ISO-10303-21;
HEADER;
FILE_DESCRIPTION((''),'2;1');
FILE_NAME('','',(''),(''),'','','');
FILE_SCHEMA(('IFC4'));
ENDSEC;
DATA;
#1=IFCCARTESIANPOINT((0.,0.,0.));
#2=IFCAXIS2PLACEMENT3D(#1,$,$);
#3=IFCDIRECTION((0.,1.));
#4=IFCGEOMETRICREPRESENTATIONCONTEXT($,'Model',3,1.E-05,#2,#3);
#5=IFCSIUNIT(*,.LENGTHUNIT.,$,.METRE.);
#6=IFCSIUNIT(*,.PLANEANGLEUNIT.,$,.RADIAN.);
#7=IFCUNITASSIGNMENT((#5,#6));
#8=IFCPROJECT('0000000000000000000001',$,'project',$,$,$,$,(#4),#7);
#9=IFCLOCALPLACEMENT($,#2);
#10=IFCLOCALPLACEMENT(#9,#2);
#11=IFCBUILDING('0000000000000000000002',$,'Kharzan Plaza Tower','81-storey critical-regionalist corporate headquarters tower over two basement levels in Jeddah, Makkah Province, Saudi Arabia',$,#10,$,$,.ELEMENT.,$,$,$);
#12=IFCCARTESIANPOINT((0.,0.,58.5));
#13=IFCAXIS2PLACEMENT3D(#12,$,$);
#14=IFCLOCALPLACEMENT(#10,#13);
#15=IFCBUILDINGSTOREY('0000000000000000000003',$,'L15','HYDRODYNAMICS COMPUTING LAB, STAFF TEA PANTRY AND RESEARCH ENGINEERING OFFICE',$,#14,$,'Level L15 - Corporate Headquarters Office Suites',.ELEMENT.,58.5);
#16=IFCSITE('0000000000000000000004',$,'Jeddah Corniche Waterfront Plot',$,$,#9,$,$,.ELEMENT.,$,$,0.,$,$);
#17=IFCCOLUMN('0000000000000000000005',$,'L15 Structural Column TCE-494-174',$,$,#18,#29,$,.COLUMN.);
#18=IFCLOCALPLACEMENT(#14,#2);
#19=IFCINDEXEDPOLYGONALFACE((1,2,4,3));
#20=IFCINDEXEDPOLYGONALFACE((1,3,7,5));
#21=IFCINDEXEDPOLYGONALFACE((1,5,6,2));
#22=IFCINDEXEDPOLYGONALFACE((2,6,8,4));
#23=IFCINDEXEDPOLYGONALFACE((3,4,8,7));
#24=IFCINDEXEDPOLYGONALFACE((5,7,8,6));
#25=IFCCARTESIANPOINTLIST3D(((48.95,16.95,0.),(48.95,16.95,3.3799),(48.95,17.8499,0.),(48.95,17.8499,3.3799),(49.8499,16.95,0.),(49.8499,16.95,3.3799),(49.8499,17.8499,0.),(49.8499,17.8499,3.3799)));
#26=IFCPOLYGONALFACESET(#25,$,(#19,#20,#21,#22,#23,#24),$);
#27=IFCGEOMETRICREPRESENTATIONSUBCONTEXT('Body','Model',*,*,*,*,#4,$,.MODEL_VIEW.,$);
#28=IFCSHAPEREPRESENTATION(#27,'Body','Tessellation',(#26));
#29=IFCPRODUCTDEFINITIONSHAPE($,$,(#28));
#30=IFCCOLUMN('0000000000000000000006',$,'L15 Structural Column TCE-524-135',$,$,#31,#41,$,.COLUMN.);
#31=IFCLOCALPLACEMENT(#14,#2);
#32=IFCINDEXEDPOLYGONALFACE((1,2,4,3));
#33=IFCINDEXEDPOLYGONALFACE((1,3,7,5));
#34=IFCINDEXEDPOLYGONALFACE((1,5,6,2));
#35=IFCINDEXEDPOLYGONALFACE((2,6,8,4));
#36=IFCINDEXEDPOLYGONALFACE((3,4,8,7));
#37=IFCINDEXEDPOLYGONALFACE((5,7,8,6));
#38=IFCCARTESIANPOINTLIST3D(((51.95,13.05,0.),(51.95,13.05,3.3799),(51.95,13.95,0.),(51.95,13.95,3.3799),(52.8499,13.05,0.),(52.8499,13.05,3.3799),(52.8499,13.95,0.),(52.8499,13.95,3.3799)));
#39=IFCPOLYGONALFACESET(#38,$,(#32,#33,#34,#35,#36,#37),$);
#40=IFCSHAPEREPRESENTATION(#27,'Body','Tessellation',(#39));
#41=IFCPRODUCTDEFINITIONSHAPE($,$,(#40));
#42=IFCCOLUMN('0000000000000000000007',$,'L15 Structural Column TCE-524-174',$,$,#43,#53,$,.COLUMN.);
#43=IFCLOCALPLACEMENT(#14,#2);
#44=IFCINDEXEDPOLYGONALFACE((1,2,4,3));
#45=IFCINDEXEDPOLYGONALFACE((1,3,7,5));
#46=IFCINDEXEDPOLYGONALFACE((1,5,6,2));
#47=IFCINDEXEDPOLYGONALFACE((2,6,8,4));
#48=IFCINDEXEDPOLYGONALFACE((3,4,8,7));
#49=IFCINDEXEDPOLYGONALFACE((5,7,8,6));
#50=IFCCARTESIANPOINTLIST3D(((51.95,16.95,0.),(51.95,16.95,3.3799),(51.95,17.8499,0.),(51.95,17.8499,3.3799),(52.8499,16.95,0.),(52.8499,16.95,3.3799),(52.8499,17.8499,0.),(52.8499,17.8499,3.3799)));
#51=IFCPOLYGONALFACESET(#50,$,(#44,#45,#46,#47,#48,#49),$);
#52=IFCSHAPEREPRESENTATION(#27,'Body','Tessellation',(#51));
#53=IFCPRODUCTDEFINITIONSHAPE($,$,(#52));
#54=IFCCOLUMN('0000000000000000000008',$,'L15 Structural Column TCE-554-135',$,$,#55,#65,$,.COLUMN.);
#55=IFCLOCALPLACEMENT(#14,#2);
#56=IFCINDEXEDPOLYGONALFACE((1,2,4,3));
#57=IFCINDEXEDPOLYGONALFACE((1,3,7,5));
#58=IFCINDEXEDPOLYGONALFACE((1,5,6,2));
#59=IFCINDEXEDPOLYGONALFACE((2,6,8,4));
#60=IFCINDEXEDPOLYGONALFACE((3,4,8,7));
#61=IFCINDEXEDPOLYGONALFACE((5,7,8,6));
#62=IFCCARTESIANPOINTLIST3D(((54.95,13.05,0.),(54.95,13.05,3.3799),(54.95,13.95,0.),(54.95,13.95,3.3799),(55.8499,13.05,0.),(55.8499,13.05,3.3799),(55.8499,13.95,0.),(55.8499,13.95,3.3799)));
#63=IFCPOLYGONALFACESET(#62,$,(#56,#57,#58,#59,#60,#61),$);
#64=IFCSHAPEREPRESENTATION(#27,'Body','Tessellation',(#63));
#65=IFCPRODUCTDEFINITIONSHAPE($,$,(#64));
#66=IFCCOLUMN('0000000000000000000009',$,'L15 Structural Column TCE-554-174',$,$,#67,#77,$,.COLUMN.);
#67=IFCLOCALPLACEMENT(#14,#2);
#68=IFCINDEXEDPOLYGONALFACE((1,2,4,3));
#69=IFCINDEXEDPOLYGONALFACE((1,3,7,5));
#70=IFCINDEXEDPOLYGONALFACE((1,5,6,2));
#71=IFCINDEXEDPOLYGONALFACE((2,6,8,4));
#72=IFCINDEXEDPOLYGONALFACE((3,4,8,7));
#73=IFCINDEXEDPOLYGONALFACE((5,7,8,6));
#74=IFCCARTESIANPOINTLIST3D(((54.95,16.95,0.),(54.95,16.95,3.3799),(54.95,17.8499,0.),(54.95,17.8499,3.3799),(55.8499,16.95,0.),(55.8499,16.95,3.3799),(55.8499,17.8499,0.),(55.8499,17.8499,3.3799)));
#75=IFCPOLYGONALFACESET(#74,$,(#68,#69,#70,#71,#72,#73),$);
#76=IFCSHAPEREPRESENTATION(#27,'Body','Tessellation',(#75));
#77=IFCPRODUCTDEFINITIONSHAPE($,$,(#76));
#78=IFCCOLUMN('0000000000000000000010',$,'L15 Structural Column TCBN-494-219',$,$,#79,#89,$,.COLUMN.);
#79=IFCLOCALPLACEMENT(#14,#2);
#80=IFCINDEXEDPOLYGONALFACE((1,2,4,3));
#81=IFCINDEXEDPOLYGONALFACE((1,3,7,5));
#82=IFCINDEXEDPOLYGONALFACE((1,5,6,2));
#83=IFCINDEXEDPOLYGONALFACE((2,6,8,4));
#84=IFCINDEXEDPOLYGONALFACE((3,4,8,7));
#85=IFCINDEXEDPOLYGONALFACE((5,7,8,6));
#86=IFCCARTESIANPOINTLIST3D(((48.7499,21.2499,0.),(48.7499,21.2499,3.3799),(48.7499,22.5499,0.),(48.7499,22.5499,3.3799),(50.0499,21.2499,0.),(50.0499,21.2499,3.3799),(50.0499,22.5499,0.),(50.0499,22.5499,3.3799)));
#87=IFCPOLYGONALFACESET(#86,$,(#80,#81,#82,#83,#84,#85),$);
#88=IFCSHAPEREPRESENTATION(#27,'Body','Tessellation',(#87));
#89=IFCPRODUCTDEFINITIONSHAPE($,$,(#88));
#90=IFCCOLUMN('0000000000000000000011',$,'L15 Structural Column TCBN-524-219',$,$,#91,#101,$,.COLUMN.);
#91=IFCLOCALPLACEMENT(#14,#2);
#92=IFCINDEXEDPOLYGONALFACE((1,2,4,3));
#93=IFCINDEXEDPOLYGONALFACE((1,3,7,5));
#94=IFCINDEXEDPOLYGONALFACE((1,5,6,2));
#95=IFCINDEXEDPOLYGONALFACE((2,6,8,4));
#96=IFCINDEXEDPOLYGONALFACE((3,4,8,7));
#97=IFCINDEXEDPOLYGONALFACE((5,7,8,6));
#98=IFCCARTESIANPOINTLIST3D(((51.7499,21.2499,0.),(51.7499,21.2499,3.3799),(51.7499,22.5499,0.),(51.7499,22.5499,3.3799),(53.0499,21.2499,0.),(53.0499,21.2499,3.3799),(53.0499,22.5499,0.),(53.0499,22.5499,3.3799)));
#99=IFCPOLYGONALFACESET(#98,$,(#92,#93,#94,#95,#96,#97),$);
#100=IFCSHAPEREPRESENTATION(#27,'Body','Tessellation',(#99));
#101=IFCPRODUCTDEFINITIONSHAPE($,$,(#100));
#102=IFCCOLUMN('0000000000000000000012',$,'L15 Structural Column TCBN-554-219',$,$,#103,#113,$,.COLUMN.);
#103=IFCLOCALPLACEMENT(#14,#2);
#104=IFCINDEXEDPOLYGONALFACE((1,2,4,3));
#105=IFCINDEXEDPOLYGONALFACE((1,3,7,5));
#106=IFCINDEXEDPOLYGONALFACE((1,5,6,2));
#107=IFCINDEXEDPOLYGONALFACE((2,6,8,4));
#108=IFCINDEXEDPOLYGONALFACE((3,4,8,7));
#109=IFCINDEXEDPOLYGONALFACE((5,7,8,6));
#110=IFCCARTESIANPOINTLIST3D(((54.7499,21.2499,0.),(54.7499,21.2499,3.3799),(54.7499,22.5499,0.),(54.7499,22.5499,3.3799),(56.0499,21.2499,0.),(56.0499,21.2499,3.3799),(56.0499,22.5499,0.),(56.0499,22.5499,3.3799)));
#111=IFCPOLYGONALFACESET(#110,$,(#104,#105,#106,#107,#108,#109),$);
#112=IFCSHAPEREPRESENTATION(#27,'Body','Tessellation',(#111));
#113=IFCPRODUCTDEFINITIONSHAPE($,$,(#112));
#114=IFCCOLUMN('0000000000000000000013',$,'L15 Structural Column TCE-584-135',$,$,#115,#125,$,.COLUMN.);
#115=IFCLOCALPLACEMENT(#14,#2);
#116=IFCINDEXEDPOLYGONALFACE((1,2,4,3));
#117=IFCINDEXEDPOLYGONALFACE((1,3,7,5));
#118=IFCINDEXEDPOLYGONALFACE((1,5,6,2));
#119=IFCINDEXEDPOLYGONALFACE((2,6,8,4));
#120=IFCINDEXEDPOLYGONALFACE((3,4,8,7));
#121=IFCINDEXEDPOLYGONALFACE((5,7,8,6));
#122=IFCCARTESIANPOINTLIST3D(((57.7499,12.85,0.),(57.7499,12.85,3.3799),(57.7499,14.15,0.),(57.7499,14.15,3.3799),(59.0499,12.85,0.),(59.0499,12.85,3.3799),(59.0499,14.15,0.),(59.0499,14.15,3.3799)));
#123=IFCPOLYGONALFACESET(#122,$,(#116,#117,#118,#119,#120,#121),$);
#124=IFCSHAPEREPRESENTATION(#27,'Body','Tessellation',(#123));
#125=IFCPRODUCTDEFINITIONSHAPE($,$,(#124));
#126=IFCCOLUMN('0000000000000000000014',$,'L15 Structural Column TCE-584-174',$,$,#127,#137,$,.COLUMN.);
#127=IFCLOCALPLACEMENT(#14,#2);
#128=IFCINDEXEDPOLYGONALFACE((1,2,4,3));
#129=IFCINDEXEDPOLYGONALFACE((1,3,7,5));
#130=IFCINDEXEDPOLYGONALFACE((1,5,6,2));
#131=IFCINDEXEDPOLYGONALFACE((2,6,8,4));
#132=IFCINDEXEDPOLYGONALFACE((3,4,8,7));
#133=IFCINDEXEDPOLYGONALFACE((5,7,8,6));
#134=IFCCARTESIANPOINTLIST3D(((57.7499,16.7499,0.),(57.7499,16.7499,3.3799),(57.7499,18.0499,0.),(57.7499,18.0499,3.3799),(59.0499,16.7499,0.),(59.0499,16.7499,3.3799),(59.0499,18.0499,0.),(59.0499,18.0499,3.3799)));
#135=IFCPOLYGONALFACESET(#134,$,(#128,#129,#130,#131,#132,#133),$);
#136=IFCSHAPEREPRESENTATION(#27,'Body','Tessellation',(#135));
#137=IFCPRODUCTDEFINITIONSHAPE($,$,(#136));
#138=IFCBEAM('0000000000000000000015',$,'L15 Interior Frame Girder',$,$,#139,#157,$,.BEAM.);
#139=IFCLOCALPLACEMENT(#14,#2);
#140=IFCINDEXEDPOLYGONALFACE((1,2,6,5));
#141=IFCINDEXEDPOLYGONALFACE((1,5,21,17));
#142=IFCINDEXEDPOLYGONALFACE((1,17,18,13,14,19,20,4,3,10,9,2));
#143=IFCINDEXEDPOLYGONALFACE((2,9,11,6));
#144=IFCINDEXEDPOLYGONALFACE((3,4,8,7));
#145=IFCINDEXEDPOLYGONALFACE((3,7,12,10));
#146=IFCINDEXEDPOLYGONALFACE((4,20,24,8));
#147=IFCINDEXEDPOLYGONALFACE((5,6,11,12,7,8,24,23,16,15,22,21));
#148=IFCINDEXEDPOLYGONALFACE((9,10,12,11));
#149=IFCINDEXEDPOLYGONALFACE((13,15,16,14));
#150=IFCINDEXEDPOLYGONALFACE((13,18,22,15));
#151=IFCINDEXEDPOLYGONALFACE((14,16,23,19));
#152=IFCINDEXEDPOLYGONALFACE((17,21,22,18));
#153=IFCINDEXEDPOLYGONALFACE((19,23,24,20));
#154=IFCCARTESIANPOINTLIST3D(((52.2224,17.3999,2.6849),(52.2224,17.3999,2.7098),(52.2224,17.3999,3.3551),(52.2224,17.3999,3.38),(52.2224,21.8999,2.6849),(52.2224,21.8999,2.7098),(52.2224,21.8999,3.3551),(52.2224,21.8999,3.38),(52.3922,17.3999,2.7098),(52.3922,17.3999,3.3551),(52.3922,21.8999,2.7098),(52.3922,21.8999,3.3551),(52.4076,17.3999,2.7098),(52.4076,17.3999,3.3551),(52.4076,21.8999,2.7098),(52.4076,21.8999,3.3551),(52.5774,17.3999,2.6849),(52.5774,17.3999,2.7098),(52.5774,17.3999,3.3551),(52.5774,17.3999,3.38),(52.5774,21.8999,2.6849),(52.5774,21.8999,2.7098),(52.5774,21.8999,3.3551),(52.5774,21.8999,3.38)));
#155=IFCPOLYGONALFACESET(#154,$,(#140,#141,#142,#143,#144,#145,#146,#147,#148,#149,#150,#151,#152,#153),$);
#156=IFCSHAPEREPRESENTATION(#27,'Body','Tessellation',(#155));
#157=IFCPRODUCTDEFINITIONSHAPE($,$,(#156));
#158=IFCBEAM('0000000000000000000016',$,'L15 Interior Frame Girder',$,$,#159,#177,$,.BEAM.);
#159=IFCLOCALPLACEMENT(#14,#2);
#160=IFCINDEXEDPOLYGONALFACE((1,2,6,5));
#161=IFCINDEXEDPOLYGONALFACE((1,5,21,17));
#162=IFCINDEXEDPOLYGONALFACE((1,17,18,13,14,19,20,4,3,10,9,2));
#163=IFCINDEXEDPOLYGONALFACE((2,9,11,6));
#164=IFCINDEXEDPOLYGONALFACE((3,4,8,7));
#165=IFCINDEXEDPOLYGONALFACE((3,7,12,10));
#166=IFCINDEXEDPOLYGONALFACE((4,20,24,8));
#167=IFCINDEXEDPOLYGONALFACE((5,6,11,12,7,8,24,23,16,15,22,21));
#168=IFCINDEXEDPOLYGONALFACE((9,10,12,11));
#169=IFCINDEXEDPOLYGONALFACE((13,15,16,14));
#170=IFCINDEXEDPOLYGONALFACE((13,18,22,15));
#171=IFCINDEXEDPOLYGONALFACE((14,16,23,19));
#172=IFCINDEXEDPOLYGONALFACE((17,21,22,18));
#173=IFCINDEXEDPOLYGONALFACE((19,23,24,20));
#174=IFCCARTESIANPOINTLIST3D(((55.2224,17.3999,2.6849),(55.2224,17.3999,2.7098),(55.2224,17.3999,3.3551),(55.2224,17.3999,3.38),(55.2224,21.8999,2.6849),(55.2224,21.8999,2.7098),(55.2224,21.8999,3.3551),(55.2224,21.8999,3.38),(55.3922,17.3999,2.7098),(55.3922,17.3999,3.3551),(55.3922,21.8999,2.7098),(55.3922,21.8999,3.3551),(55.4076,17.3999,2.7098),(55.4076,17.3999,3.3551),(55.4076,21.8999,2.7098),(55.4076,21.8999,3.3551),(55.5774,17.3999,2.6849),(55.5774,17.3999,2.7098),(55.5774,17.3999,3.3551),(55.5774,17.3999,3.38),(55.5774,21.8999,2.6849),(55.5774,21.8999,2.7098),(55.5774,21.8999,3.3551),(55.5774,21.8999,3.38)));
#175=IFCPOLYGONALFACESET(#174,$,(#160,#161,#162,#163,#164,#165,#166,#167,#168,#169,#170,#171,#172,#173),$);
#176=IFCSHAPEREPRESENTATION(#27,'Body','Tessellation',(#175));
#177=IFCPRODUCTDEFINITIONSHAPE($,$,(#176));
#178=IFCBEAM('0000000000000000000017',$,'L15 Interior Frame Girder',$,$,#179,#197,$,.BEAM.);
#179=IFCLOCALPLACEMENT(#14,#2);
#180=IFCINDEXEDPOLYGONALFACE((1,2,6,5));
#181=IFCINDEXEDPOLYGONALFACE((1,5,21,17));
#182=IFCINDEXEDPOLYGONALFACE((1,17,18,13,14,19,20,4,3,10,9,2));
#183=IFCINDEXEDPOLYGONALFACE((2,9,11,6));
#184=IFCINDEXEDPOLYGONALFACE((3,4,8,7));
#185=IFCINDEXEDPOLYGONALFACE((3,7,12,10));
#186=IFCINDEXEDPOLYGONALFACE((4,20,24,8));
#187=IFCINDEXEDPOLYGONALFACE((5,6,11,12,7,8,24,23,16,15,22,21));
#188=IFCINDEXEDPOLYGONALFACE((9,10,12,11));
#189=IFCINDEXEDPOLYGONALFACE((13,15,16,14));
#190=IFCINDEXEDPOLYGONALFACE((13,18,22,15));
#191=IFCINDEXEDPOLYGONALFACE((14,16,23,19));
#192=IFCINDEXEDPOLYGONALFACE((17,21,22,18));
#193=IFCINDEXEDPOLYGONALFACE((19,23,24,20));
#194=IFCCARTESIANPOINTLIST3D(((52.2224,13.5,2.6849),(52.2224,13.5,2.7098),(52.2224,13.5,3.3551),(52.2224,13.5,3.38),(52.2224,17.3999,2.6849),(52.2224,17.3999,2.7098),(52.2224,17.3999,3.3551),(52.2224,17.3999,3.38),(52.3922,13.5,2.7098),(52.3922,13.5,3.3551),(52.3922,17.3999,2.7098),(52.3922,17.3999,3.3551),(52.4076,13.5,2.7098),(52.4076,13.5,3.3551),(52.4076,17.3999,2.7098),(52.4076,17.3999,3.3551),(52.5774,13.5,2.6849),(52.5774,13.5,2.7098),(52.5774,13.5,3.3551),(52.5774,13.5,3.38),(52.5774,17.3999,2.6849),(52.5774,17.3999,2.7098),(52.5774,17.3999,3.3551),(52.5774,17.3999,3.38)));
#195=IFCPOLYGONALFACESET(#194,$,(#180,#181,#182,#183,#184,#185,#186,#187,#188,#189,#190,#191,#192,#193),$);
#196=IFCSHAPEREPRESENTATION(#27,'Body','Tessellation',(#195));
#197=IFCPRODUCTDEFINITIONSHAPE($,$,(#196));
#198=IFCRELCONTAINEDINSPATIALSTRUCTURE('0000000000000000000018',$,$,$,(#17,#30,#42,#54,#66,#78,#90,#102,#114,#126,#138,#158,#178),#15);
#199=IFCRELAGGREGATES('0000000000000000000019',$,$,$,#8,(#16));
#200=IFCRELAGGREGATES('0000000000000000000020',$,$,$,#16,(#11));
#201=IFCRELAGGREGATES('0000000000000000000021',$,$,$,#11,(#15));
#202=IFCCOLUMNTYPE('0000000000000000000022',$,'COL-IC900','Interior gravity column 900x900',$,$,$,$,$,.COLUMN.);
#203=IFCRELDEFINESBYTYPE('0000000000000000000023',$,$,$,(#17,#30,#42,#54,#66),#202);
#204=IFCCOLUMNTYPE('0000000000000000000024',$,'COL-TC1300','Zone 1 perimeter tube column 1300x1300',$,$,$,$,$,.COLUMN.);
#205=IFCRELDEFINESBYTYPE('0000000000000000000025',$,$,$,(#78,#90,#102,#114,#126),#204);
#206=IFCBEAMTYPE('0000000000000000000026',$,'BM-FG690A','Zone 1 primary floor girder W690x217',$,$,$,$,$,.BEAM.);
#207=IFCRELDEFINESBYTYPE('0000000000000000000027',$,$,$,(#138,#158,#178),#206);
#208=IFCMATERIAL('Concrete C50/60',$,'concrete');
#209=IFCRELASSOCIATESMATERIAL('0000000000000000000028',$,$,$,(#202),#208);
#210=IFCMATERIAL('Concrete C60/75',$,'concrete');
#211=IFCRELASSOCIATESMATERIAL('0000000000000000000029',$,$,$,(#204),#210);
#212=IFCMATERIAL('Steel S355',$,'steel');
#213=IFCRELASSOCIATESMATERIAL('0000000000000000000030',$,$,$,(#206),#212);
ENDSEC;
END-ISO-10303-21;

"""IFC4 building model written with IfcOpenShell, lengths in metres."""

from ifc_helpers import new_model, si_unit, direction, frame, origin, origin_2d, place, context, subcontext, project, spatial, rectangle, i_section, extrude, source, transform, mapped, material, material_profile, profile_set, type_object, element, save


model = new_model("IFC4")

# Units and contexts
model_context = context("Model", 3, precision=1e-05, world=origin(), true_north=direction((0.0, 1.0)))
body_context = subcontext(model_context, "Body", "Model", "MODEL_VIEW")
ifc_project = project(units=[si_unit("LENGTHUNIT", "METRE"), si_unit("PLANEANGLEUNIT", "RADIAN")], contexts=[model_context])

# Site, building, storey
site_placement = place(None, origin())
site = spatial("IfcSite", under=ifc_project, at=site_placement, Name="Jeddah Corniche Waterfront Plot", CompositionType="ELEMENT", RefElevation=0.0)
building_placement = place(site_placement, origin())
building = spatial("IfcBuilding", under=site, at=building_placement, Name="Kharzan Plaza Tower", Description="81-storey critical-regionalist corporate headquarters tower over two basement levels in Jeddah, Makkah Province, Saudi Arabia", CompositionType="ELEMENT")
storey_placement = place(building_placement, frame((0.0, 0.0, 58.5)))
storey = spatial("IfcBuildingStorey", under=building, at=storey_placement, Name="L15", Description="HYDRODYNAMICS COMPUTING LAB, STAFF TEA PANTRY AND RESEARCH ENGINEERING OFFICE", LongName="Level L15 - Corporate Headquarters Office Suites", CompositionType="ELEMENT", Elevation=58.5)

# Columns
ifc_material_1 = material(Name="Concrete C50/60", Category="concrete")
ifc_material_profile_1 = material_profile(ifc_material_1, rectangle(XDim=0.8999, YDim=0.8999, at=origin_2d()), Name="RC-IC900x900")
ifc_profile_set_1 = profile_set([ifc_material_profile_1], Name="Concrete C50/60")
column_type_1 = type_object("IfcColumnType", Name="COL-IC900", Description="Interior gravity column 900x900", PredefinedType="COLUMN", material=ifc_profile_set_1)
shared_shape_1 = source(origin(), body_context, "Body", "SweptSolid", [
    extrude(rectangle(XDim=0.8999, YDim=0.8999, at=origin_2d()), origin(), (0.0, 0.0, 1.0), 3.3799),
])
for number, where, z_axis, x_axis, name in (
    (1, (49.3999, 17.3999, 0.0), (0.0, 0.0, 1.0), (1.0, 0.0, 0.0), "L15 Structural Column TCE-494-174"),
    (2, (52.3999, 13.5, 0.0), (0.0, 0.0, 1.0), (1.0, 0.0, 0.0), "L15 Structural Column TCE-524-135"),
    (3, (52.3999, 17.3999, 0.0), (0.0, 0.0, 1.0), (1.0, 0.0, 0.0), "L15 Structural Column TCE-524-174"),
    (4, (55.3999, 13.5, 0.0), (0.0, 0.0, 1.0), (1.0, 0.0, 0.0), "L15 Structural Column TCE-554-135"),
    (5, (55.3999, 17.3999, 0.0), (0.0, 0.0, 1.0), (1.0, 0.0, 0.0), "L15 Structural Column TCE-554-174"),
):
    element("IfcColumn", number, at=place(storey_placement, frame(where, z_axis=z_axis, x_axis=x_axis)), inside=storey, type_object=column_type_1, Name=name, PredefinedType="COLUMN", context=body_context, shape_type="MappedRepresentation", body=[
        mapped(shared_shape_1, transform((0.0, 0.0, 0.0), x_axis=(1.0, 0.0, 0.0), y_axis=(0.0, 1.0, 0.0), z_axis=(0.0, 0.0, 1.0))),
    ])
ifc_material_2 = material(Name="Concrete C60/75", Category="concrete")
ifc_material_profile_2 = material_profile(ifc_material_2, rectangle(XDim=1.3, YDim=1.3, at=origin_2d()), Name="RC-TC1300x1300")
ifc_profile_set_2 = profile_set([ifc_material_profile_2], Name="Concrete C60/75")
column_type_2 = type_object("IfcColumnType", Name="COL-TC1300", Description="Zone 1 perimeter tube column 1300x1300", PredefinedType="COLUMN", material=ifc_profile_set_2)
shared_shape_2 = source(origin(), body_context, "Body", "SweptSolid", [
    extrude(rectangle(XDim=1.3, YDim=1.3, at=origin_2d()), origin(), (0.0, 0.0, 1.0), 3.3799),
])
for number, where, z_axis, x_axis, name in (
    (6, (49.3999, 21.8999, 0.0), (0.0, 0.0, 1.0), (1.0, 0.0, 0.0), "L15 Structural Column TCBN-494-219"),
    (7, (52.3999, 21.8999, 0.0), (0.0, 0.0, 1.0), (1.0, 0.0, 0.0), "L15 Structural Column TCBN-524-219"),
    (8, (55.3999, 21.8999, 0.0), (0.0, 0.0, 1.0), (1.0, 0.0, 0.0), "L15 Structural Column TCBN-554-219"),
    (9, (58.3999, 13.5, 0.0), (0.0, 0.0, 1.0), (1.0, 0.0, 0.0), "L15 Structural Column TCE-584-135"),
    (10, (58.3999, 17.3999, 0.0), (0.0, 0.0, 1.0), (1.0, 0.0, 0.0), "L15 Structural Column TCE-584-174"),
):
    element("IfcColumn", number, at=place(storey_placement, frame(where, z_axis=z_axis, x_axis=x_axis)), inside=storey, type_object=column_type_2, Name=name, PredefinedType="COLUMN", context=body_context, shape_type="MappedRepresentation", body=[
        mapped(shared_shape_2, transform((0.0, 0.0, 0.0), x_axis=(1.0, 0.0, 0.0), y_axis=(0.0, 1.0, 0.0), z_axis=(0.0, 0.0, 1.0))),
    ])

# Beams
ifc_material_3 = material(Name="Steel S355", Category="steel")
ifc_material_profile_3 = material_profile(ifc_material_3, i_section(OverallWidth=0.355, OverallDepth=0.6951, WebThickness=0.0154, FlangeThickness=0.0249, at=origin_2d()), Name="W690x217")
ifc_profile_set_3 = profile_set([ifc_material_profile_3], Name="Steel S355")
beam_type_1 = type_object("IfcBeamType", Name="BM-FG690A", Description="Zone 1 primary floor girder W690x217", PredefinedType="BEAM", material=ifc_profile_set_3)
shared_shape_3 = source(origin(), body_context, "Body", "SweptSolid", [
    extrude(i_section(OverallWidth=0.355, OverallDepth=0.6951, WebThickness=0.0154, FlangeThickness=0.0249, at=origin_2d()), origin(), (0.0, 0.0, 1.0), 4.5),
])
for number, where, z_axis, x_axis, name in (
    (11, (52.3999, 17.3999, 3.0325), (0.0, 1.0, 0.0), (-1.0, 0.0, 0.0), "L15 Interior Frame Girder"),
    (12, (55.3999, 17.3999, 3.0325), (0.0, 1.0, 0.0), (-1.0, 0.0, 0.0), "L15 Interior Frame Girder"),
):
    element("IfcBeam", number, at=place(storey_placement, frame(where, z_axis=z_axis, x_axis=x_axis)), inside=storey, type_object=beam_type_1, Name=name, PredefinedType="BEAM", context=body_context, shape_type="MappedRepresentation", body=[
        mapped(shared_shape_3, transform((0.0, 0.0, 0.0), x_axis=(1.0, 0.0, 0.0), y_axis=(0.0, 1.0, 0.0), z_axis=(0.0, 0.0, 1.0))),
    ])
shared_shape_4 = source(origin(), body_context, "Body", "SweptSolid", [
    extrude(i_section(OverallWidth=0.355, OverallDepth=0.6951, WebThickness=0.0154, FlangeThickness=0.0249, at=origin_2d()), origin(), (0.0, 0.0, 1.0), 3.8999),
])
for number, where, z_axis, x_axis, name in (
    (13, (52.3999, 13.5, 3.0325), (0.0, 1.0, 0.0), (-1.0, 0.0, 0.0), "L15 Interior Frame Girder"),
):
    element("IfcBeam", number, at=place(storey_placement, frame(where, z_axis=z_axis, x_axis=x_axis)), inside=storey, type_object=beam_type_1, Name=name, PredefinedType="BEAM", context=body_context, shape_type="MappedRepresentation", body=[
        mapped(shared_shape_4, transform((0.0, 0.0, 0.0), x_axis=(1.0, 0.0, 0.0), y_axis=(0.0, 1.0, 0.0), z_axis=(0.0, 0.0, 1.0))),
    ])

save(model, "model.ifc")
